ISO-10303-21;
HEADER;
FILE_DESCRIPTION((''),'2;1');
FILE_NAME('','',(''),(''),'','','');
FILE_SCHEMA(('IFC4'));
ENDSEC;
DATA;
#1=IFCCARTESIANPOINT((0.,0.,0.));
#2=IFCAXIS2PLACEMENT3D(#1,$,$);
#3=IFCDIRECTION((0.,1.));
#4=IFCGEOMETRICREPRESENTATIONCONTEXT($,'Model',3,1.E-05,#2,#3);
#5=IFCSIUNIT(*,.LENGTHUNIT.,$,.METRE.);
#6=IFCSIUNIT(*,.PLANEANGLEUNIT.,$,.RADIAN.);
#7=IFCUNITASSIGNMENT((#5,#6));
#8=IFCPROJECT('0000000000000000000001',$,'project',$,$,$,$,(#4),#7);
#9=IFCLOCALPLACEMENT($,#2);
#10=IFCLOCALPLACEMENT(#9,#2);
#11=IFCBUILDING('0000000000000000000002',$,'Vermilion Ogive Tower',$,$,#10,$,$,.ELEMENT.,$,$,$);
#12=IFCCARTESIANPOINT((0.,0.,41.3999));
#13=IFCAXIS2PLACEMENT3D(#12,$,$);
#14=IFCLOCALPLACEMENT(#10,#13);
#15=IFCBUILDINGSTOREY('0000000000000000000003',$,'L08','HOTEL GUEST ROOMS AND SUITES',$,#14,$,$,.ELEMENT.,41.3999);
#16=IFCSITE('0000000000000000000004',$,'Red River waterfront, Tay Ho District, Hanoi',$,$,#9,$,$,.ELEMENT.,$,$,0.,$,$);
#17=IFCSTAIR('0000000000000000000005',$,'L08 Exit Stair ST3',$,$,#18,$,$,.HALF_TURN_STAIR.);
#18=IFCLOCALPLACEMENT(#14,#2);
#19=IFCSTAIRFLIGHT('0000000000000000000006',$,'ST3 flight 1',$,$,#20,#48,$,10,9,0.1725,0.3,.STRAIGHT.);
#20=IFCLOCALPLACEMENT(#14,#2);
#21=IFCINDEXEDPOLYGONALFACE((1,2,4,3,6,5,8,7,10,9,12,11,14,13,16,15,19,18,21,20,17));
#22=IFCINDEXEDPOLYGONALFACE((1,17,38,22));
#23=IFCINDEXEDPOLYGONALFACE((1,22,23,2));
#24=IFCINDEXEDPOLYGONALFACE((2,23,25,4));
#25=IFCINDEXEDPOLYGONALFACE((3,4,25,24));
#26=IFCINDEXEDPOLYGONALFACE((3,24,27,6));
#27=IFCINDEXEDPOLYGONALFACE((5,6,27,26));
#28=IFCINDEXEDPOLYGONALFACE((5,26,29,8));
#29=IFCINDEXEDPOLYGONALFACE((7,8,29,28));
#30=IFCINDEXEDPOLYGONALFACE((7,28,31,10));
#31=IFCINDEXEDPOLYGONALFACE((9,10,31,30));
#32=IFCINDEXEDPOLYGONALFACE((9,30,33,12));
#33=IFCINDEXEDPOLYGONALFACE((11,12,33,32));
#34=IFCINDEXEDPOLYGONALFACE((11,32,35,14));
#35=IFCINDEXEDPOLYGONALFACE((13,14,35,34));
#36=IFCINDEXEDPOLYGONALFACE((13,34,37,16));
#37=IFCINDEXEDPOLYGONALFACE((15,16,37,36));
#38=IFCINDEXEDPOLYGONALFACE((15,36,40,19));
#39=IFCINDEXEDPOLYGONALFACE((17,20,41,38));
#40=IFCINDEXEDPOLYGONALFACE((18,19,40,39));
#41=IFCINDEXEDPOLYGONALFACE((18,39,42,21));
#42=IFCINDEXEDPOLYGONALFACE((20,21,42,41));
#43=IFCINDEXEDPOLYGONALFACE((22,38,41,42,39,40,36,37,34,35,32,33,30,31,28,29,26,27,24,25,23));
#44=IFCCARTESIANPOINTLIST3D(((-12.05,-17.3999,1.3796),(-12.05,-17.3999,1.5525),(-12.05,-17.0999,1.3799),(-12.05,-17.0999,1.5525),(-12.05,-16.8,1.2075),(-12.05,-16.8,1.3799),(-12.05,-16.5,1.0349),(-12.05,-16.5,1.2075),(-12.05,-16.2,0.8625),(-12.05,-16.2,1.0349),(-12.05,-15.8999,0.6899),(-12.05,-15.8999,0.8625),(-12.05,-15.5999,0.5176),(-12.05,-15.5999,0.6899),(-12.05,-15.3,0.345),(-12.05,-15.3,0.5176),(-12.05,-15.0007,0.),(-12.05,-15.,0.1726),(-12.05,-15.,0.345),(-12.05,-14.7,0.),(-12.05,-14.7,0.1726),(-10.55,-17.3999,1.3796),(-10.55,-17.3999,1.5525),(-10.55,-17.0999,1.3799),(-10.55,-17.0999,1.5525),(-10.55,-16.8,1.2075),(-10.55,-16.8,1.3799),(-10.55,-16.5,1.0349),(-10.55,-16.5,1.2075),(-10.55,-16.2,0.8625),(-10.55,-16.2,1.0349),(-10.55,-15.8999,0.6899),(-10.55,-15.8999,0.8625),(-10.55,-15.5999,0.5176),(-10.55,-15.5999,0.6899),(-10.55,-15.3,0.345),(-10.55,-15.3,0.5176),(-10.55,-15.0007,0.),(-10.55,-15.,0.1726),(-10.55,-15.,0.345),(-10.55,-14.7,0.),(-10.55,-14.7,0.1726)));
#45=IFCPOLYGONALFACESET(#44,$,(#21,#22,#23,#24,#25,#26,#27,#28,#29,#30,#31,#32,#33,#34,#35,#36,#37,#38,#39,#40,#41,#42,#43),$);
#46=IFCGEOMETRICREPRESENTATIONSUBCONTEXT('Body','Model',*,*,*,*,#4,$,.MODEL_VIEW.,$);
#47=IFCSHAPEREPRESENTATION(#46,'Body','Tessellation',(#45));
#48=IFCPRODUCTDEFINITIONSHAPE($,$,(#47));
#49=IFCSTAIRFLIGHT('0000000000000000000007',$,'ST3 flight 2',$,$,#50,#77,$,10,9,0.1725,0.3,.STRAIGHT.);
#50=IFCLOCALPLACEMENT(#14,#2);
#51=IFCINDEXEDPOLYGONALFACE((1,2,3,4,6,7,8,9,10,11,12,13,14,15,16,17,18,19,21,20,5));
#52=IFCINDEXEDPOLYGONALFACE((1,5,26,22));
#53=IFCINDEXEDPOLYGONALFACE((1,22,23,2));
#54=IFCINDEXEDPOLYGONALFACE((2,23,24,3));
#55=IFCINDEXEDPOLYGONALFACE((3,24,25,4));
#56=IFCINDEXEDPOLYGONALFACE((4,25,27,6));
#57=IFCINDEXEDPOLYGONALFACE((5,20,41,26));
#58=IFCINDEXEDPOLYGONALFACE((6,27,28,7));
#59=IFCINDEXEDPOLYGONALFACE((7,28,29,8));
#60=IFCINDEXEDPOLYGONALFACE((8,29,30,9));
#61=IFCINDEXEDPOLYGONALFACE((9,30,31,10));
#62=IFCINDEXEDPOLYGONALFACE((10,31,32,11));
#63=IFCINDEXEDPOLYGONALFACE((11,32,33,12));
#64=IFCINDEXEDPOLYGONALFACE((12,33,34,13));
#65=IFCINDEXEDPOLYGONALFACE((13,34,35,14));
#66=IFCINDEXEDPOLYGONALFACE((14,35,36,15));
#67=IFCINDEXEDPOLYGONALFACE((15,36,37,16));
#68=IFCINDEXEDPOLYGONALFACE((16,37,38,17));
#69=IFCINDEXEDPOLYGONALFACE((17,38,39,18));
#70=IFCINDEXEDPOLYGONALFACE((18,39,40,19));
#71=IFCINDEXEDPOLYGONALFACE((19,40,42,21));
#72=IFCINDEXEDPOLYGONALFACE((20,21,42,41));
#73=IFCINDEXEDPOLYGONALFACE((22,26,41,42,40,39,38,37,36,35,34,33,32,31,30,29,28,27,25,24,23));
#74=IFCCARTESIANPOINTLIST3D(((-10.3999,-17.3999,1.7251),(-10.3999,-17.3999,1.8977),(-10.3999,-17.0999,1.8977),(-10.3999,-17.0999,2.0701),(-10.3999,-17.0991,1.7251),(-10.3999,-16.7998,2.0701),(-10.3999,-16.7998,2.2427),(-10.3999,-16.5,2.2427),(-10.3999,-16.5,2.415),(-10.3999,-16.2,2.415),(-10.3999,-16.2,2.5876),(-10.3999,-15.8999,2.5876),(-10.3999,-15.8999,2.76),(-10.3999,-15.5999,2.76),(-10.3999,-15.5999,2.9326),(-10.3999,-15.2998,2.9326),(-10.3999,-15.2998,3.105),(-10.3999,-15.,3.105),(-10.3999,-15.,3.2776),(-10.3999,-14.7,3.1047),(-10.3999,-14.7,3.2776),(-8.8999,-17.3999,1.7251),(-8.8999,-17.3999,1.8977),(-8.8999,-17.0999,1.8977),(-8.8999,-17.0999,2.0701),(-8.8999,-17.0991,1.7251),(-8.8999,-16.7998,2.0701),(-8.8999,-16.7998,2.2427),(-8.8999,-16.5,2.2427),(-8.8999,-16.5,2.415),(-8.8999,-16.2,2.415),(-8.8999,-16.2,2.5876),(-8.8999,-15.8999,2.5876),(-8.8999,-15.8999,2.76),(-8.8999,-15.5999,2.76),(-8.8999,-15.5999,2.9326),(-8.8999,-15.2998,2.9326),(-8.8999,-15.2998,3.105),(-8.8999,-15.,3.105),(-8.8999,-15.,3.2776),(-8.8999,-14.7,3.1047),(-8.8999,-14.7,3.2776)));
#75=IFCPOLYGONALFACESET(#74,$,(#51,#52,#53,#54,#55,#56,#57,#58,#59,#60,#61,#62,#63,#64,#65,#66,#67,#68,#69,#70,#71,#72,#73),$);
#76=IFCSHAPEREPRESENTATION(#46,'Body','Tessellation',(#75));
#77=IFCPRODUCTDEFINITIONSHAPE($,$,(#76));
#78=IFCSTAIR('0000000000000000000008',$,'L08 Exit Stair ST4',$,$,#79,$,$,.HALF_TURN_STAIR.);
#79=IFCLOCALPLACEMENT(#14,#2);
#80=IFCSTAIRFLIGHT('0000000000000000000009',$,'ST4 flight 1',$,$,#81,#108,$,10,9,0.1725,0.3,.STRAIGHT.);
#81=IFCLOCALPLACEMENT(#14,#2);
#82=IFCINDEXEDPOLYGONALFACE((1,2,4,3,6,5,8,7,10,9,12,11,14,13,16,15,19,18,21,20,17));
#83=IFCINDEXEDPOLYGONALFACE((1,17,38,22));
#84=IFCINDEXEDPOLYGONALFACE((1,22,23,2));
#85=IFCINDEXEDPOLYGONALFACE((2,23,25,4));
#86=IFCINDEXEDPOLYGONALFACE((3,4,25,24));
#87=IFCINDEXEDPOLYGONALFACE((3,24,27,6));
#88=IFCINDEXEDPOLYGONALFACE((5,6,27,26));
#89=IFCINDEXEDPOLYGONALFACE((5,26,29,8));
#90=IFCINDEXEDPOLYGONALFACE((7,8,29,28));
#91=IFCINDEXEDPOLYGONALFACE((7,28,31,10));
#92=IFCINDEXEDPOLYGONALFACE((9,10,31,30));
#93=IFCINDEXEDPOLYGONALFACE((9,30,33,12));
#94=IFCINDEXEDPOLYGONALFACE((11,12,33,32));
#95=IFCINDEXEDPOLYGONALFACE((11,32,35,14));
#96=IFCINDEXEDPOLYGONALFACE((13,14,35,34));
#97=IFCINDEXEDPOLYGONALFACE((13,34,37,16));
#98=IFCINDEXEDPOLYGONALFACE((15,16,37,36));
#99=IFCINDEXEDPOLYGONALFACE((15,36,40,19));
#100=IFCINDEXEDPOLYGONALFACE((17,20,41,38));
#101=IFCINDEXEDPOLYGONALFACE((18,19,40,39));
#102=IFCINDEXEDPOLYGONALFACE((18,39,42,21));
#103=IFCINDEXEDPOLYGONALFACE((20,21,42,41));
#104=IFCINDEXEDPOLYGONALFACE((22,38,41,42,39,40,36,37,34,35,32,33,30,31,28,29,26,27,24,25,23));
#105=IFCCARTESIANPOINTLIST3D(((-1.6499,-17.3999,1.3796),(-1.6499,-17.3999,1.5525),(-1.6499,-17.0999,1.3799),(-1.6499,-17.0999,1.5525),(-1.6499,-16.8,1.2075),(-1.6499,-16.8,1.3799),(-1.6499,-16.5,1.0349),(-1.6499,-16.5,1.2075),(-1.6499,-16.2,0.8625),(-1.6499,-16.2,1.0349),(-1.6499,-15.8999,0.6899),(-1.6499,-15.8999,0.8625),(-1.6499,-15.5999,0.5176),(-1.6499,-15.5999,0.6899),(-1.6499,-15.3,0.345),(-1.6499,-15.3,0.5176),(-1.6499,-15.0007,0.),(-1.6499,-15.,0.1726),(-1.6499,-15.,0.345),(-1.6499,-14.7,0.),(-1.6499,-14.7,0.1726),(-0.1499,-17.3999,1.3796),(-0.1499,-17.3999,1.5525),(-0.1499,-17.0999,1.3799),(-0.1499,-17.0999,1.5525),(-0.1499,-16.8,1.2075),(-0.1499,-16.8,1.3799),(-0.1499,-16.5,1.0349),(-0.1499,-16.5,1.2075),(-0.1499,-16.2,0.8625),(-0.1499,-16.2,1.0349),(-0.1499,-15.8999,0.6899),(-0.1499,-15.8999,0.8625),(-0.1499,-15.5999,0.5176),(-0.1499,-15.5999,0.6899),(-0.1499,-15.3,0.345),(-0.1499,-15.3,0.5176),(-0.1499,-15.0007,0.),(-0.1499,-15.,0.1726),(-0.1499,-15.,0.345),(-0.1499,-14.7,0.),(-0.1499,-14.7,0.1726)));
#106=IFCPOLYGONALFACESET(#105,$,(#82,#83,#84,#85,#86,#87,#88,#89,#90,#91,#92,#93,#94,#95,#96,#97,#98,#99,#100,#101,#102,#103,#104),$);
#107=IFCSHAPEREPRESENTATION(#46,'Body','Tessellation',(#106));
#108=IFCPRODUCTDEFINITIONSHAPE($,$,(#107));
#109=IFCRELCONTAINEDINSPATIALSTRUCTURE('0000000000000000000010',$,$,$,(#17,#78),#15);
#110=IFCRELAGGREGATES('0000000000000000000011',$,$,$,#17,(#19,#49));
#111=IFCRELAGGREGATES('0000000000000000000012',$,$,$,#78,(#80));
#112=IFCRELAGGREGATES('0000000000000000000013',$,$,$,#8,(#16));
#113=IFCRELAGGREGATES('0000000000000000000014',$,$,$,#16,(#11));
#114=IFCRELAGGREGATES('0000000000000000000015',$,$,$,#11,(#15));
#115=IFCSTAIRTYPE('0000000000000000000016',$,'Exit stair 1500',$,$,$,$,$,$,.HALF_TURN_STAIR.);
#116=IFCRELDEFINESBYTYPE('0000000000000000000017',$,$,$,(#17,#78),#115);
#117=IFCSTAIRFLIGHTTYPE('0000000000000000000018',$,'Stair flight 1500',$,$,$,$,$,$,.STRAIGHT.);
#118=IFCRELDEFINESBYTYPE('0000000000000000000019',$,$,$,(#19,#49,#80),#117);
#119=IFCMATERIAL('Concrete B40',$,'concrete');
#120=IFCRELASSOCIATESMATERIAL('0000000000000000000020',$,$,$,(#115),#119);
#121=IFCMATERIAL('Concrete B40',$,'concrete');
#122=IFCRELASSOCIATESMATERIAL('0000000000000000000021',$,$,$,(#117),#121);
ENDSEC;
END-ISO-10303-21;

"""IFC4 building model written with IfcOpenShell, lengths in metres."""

from ifc_helpers import new_model, si_unit, direction, frame, origin, place, context, subcontext, project, spatial, polyline, outline, extrude, material, type_object, element, aggregate, save


model = new_model("IFC4")

# Units and contexts
model_context = context("Model", 3, precision=1e-05, world=origin(), true_north=direction((0.0, 1.0)))
body_context = subcontext(model_context, "Body", "Model", "MODEL_VIEW")
ifc_project = project(units=[si_unit("LENGTHUNIT", "METRE"), si_unit("PLANEANGLEUNIT", "RADIAN")], contexts=[model_context])

# Site, building, storey
site_placement = place(None, origin())
site = spatial("IfcSite", under=ifc_project, at=site_placement, Name="Red River waterfront, Tay Ho District, Hanoi", CompositionType="ELEMENT", RefElevation=0.0)
building_placement = place(site_placement, origin())
building = spatial("IfcBuilding", under=site, at=building_placement, Name="Vermilion Ogive Tower", CompositionType="ELEMENT")
storey_placement = place(building_placement, frame((0.0, 0.0, 41.3999)))
storey = spatial("IfcBuildingStorey", under=building, at=storey_placement, Name="L08", Description="HOTEL GUEST ROOMS AND SUITES", CompositionType="ELEMENT", Elevation=41.3999)

# Stair, stair flights
ifc_material_1 = material(Name="Concrete B40", Category="concrete")
stair_type = type_object("IfcStairType", Name="Exit stair 1500", PredefinedType="HALF_TURN_STAIR", material=ifc_material_1)
stair_1_placement = place(storey_placement, origin())
stair_1 = element("IfcStair", 1, at=stair_1_placement, inside=storey, type_object=stair_type, Name="L08 Exit Stair ST3", PredefinedType="HALF_TURN_STAIR")
ifc_material_2 = material(Name="Concrete B40", Category="concrete")
stair_flight_type = type_object("IfcStairFlightType", Name="Stair flight 1500", PredefinedType="STRAIGHT", material=ifc_material_2)
stair_flight_1_placement = place(storey_placement, frame((-11.3, -14.7, 0.0), z_axis=(0.0, 0.0, 1.0), x_axis=(0.0, -1.0, 0.0)))
stair_flight_1 = element("IfcStairFlight", 2, at=stair_flight_1_placement, type_object=stair_flight_type, Name="ST3 flight 1", NumberOfRisers=10, NumberOfTreads=9, PredefinedType="STRAIGHT", RiserHeight=0.1725, TreadLength=0.3, context=body_context, shape_type="SweptSolid", body=[
    extrude(outline(polyline([(0.0, 0.0), (0.0, 0.1726), (0.3, 0.1726), (0.3, 0.345), (0.6001, 0.345), (0.6001, 0.5176), (0.8999, 0.5176), (0.8999, 0.6899), (1.2, 0.6899), (1.2, 0.8625), (1.5, 0.8625), (1.5, 1.0349), (1.8, 1.0349), (1.8, 1.2075), (2.1001, 1.2075), (2.1001, 1.3799), (2.3999, 1.3799), (2.3999, 1.5525), (2.7, 1.5525), (2.7, 1.7251), (2.7, 1.3796), (0.3008, 0.0), (0.0, 0.0)])), frame((0.0, 0.75, 0.0), z_axis=(0.0, -1.0, 0.0), x_axis=(1.0, 0.0, 0.0)), (0.0, 0.0, 1.0), 1.5),
])
stair_flight_2_placement = place(storey_placement, frame((-9.6499, -17.3999, 1.7251), z_axis=(0.0, 0.0, 1.0), x_axis=(0.0, 1.0, 0.0)))
stair_flight_2 = element("IfcStairFlight", 3, at=stair_flight_2_placement, type_object=stair_flight_type, Name="ST3 flight 2", NumberOfRisers=10, NumberOfTreads=9, PredefinedType="STRAIGHT", RiserHeight=0.1725, TreadLength=0.3, context=body_context, shape_type="SweptSolid", body=[
    extrude(outline(polyline([(0.0, 0.0), (0.0, 0.1726), (0.3, 0.1726), (0.3, 0.345), (0.6001, 0.345), (0.6001, 0.5176), (0.8999, 0.5176), (0.8999, 0.6899), (1.2, 0.6899), (1.2, 0.8625), (1.5, 0.8625), (1.5, 1.0349), (1.8, 1.0349), (1.8, 1.2075), (2.1001, 1.2075), (2.1001, 1.3799), (2.3999, 1.3799), (2.3999, 1.5525), (2.7, 1.5525), (2.7, 1.7251), (2.7, 1.3796), (0.3008, 0.0), (0.0, 0.0)])), frame((0.0, 0.75, 0.0), z_axis=(0.0, -1.0, 0.0), x_axis=(1.0, 0.0, 0.0)), (0.0, 0.0, 1.0), 1.5),
])
aggregate(stair_1, [stair_flight_1, stair_flight_2])

# Stair, stair flight
stair_2_placement = place(storey_placement, origin())
stair_2 = element("IfcStair", 4, at=stair_2_placement, inside=storey, type_object=stair_type, Name="L08 Exit Stair ST4", PredefinedType="HALF_TURN_STAIR")
stair_flight_3_placement = place(storey_placement, frame((-0.8999, -14.7, 0.0), z_axis=(0.0, 0.0, 1.0), x_axis=(0.0, -1.0, 0.0)))
stair_flight_3 = element("IfcStairFlight", 5, at=stair_flight_3_placement, type_object=stair_flight_type, Name="ST4 flight 1", NumberOfRisers=10, NumberOfTreads=9, PredefinedType="STRAIGHT", RiserHeight=0.1725, TreadLength=0.3, context=body_context, shape_type="SweptSolid", body=[
    extrude(outline(polyline([(0.0, 0.0), (0.0, 0.1726), (0.3, 0.1726), (0.3, 0.345), (0.6001, 0.345), (0.6001, 0.5176), (0.8999, 0.5176), (0.8999, 0.6899), (1.2, 0.6899), (1.2, 0.8625), (1.5, 0.8625), (1.5, 1.0349), (1.8, 1.0349), (1.8, 1.2075), (2.1001, 1.2075), (2.1001, 1.3799), (2.3999, 1.3799), (2.3999, 1.5525), (2.7, 1.5525), (2.7, 1.7251), (2.7, 1.3796), (0.3008, 0.0), (0.0, 0.0)])), frame((0.0, 0.75, 0.0), z_axis=(0.0, -1.0, 0.0), x_axis=(1.0, 0.0, 0.0)), (0.0, 0.0, 1.0), 1.5),
])
aggregate(stair_2, [stair_flight_3])

save(model, "model.ifc")
